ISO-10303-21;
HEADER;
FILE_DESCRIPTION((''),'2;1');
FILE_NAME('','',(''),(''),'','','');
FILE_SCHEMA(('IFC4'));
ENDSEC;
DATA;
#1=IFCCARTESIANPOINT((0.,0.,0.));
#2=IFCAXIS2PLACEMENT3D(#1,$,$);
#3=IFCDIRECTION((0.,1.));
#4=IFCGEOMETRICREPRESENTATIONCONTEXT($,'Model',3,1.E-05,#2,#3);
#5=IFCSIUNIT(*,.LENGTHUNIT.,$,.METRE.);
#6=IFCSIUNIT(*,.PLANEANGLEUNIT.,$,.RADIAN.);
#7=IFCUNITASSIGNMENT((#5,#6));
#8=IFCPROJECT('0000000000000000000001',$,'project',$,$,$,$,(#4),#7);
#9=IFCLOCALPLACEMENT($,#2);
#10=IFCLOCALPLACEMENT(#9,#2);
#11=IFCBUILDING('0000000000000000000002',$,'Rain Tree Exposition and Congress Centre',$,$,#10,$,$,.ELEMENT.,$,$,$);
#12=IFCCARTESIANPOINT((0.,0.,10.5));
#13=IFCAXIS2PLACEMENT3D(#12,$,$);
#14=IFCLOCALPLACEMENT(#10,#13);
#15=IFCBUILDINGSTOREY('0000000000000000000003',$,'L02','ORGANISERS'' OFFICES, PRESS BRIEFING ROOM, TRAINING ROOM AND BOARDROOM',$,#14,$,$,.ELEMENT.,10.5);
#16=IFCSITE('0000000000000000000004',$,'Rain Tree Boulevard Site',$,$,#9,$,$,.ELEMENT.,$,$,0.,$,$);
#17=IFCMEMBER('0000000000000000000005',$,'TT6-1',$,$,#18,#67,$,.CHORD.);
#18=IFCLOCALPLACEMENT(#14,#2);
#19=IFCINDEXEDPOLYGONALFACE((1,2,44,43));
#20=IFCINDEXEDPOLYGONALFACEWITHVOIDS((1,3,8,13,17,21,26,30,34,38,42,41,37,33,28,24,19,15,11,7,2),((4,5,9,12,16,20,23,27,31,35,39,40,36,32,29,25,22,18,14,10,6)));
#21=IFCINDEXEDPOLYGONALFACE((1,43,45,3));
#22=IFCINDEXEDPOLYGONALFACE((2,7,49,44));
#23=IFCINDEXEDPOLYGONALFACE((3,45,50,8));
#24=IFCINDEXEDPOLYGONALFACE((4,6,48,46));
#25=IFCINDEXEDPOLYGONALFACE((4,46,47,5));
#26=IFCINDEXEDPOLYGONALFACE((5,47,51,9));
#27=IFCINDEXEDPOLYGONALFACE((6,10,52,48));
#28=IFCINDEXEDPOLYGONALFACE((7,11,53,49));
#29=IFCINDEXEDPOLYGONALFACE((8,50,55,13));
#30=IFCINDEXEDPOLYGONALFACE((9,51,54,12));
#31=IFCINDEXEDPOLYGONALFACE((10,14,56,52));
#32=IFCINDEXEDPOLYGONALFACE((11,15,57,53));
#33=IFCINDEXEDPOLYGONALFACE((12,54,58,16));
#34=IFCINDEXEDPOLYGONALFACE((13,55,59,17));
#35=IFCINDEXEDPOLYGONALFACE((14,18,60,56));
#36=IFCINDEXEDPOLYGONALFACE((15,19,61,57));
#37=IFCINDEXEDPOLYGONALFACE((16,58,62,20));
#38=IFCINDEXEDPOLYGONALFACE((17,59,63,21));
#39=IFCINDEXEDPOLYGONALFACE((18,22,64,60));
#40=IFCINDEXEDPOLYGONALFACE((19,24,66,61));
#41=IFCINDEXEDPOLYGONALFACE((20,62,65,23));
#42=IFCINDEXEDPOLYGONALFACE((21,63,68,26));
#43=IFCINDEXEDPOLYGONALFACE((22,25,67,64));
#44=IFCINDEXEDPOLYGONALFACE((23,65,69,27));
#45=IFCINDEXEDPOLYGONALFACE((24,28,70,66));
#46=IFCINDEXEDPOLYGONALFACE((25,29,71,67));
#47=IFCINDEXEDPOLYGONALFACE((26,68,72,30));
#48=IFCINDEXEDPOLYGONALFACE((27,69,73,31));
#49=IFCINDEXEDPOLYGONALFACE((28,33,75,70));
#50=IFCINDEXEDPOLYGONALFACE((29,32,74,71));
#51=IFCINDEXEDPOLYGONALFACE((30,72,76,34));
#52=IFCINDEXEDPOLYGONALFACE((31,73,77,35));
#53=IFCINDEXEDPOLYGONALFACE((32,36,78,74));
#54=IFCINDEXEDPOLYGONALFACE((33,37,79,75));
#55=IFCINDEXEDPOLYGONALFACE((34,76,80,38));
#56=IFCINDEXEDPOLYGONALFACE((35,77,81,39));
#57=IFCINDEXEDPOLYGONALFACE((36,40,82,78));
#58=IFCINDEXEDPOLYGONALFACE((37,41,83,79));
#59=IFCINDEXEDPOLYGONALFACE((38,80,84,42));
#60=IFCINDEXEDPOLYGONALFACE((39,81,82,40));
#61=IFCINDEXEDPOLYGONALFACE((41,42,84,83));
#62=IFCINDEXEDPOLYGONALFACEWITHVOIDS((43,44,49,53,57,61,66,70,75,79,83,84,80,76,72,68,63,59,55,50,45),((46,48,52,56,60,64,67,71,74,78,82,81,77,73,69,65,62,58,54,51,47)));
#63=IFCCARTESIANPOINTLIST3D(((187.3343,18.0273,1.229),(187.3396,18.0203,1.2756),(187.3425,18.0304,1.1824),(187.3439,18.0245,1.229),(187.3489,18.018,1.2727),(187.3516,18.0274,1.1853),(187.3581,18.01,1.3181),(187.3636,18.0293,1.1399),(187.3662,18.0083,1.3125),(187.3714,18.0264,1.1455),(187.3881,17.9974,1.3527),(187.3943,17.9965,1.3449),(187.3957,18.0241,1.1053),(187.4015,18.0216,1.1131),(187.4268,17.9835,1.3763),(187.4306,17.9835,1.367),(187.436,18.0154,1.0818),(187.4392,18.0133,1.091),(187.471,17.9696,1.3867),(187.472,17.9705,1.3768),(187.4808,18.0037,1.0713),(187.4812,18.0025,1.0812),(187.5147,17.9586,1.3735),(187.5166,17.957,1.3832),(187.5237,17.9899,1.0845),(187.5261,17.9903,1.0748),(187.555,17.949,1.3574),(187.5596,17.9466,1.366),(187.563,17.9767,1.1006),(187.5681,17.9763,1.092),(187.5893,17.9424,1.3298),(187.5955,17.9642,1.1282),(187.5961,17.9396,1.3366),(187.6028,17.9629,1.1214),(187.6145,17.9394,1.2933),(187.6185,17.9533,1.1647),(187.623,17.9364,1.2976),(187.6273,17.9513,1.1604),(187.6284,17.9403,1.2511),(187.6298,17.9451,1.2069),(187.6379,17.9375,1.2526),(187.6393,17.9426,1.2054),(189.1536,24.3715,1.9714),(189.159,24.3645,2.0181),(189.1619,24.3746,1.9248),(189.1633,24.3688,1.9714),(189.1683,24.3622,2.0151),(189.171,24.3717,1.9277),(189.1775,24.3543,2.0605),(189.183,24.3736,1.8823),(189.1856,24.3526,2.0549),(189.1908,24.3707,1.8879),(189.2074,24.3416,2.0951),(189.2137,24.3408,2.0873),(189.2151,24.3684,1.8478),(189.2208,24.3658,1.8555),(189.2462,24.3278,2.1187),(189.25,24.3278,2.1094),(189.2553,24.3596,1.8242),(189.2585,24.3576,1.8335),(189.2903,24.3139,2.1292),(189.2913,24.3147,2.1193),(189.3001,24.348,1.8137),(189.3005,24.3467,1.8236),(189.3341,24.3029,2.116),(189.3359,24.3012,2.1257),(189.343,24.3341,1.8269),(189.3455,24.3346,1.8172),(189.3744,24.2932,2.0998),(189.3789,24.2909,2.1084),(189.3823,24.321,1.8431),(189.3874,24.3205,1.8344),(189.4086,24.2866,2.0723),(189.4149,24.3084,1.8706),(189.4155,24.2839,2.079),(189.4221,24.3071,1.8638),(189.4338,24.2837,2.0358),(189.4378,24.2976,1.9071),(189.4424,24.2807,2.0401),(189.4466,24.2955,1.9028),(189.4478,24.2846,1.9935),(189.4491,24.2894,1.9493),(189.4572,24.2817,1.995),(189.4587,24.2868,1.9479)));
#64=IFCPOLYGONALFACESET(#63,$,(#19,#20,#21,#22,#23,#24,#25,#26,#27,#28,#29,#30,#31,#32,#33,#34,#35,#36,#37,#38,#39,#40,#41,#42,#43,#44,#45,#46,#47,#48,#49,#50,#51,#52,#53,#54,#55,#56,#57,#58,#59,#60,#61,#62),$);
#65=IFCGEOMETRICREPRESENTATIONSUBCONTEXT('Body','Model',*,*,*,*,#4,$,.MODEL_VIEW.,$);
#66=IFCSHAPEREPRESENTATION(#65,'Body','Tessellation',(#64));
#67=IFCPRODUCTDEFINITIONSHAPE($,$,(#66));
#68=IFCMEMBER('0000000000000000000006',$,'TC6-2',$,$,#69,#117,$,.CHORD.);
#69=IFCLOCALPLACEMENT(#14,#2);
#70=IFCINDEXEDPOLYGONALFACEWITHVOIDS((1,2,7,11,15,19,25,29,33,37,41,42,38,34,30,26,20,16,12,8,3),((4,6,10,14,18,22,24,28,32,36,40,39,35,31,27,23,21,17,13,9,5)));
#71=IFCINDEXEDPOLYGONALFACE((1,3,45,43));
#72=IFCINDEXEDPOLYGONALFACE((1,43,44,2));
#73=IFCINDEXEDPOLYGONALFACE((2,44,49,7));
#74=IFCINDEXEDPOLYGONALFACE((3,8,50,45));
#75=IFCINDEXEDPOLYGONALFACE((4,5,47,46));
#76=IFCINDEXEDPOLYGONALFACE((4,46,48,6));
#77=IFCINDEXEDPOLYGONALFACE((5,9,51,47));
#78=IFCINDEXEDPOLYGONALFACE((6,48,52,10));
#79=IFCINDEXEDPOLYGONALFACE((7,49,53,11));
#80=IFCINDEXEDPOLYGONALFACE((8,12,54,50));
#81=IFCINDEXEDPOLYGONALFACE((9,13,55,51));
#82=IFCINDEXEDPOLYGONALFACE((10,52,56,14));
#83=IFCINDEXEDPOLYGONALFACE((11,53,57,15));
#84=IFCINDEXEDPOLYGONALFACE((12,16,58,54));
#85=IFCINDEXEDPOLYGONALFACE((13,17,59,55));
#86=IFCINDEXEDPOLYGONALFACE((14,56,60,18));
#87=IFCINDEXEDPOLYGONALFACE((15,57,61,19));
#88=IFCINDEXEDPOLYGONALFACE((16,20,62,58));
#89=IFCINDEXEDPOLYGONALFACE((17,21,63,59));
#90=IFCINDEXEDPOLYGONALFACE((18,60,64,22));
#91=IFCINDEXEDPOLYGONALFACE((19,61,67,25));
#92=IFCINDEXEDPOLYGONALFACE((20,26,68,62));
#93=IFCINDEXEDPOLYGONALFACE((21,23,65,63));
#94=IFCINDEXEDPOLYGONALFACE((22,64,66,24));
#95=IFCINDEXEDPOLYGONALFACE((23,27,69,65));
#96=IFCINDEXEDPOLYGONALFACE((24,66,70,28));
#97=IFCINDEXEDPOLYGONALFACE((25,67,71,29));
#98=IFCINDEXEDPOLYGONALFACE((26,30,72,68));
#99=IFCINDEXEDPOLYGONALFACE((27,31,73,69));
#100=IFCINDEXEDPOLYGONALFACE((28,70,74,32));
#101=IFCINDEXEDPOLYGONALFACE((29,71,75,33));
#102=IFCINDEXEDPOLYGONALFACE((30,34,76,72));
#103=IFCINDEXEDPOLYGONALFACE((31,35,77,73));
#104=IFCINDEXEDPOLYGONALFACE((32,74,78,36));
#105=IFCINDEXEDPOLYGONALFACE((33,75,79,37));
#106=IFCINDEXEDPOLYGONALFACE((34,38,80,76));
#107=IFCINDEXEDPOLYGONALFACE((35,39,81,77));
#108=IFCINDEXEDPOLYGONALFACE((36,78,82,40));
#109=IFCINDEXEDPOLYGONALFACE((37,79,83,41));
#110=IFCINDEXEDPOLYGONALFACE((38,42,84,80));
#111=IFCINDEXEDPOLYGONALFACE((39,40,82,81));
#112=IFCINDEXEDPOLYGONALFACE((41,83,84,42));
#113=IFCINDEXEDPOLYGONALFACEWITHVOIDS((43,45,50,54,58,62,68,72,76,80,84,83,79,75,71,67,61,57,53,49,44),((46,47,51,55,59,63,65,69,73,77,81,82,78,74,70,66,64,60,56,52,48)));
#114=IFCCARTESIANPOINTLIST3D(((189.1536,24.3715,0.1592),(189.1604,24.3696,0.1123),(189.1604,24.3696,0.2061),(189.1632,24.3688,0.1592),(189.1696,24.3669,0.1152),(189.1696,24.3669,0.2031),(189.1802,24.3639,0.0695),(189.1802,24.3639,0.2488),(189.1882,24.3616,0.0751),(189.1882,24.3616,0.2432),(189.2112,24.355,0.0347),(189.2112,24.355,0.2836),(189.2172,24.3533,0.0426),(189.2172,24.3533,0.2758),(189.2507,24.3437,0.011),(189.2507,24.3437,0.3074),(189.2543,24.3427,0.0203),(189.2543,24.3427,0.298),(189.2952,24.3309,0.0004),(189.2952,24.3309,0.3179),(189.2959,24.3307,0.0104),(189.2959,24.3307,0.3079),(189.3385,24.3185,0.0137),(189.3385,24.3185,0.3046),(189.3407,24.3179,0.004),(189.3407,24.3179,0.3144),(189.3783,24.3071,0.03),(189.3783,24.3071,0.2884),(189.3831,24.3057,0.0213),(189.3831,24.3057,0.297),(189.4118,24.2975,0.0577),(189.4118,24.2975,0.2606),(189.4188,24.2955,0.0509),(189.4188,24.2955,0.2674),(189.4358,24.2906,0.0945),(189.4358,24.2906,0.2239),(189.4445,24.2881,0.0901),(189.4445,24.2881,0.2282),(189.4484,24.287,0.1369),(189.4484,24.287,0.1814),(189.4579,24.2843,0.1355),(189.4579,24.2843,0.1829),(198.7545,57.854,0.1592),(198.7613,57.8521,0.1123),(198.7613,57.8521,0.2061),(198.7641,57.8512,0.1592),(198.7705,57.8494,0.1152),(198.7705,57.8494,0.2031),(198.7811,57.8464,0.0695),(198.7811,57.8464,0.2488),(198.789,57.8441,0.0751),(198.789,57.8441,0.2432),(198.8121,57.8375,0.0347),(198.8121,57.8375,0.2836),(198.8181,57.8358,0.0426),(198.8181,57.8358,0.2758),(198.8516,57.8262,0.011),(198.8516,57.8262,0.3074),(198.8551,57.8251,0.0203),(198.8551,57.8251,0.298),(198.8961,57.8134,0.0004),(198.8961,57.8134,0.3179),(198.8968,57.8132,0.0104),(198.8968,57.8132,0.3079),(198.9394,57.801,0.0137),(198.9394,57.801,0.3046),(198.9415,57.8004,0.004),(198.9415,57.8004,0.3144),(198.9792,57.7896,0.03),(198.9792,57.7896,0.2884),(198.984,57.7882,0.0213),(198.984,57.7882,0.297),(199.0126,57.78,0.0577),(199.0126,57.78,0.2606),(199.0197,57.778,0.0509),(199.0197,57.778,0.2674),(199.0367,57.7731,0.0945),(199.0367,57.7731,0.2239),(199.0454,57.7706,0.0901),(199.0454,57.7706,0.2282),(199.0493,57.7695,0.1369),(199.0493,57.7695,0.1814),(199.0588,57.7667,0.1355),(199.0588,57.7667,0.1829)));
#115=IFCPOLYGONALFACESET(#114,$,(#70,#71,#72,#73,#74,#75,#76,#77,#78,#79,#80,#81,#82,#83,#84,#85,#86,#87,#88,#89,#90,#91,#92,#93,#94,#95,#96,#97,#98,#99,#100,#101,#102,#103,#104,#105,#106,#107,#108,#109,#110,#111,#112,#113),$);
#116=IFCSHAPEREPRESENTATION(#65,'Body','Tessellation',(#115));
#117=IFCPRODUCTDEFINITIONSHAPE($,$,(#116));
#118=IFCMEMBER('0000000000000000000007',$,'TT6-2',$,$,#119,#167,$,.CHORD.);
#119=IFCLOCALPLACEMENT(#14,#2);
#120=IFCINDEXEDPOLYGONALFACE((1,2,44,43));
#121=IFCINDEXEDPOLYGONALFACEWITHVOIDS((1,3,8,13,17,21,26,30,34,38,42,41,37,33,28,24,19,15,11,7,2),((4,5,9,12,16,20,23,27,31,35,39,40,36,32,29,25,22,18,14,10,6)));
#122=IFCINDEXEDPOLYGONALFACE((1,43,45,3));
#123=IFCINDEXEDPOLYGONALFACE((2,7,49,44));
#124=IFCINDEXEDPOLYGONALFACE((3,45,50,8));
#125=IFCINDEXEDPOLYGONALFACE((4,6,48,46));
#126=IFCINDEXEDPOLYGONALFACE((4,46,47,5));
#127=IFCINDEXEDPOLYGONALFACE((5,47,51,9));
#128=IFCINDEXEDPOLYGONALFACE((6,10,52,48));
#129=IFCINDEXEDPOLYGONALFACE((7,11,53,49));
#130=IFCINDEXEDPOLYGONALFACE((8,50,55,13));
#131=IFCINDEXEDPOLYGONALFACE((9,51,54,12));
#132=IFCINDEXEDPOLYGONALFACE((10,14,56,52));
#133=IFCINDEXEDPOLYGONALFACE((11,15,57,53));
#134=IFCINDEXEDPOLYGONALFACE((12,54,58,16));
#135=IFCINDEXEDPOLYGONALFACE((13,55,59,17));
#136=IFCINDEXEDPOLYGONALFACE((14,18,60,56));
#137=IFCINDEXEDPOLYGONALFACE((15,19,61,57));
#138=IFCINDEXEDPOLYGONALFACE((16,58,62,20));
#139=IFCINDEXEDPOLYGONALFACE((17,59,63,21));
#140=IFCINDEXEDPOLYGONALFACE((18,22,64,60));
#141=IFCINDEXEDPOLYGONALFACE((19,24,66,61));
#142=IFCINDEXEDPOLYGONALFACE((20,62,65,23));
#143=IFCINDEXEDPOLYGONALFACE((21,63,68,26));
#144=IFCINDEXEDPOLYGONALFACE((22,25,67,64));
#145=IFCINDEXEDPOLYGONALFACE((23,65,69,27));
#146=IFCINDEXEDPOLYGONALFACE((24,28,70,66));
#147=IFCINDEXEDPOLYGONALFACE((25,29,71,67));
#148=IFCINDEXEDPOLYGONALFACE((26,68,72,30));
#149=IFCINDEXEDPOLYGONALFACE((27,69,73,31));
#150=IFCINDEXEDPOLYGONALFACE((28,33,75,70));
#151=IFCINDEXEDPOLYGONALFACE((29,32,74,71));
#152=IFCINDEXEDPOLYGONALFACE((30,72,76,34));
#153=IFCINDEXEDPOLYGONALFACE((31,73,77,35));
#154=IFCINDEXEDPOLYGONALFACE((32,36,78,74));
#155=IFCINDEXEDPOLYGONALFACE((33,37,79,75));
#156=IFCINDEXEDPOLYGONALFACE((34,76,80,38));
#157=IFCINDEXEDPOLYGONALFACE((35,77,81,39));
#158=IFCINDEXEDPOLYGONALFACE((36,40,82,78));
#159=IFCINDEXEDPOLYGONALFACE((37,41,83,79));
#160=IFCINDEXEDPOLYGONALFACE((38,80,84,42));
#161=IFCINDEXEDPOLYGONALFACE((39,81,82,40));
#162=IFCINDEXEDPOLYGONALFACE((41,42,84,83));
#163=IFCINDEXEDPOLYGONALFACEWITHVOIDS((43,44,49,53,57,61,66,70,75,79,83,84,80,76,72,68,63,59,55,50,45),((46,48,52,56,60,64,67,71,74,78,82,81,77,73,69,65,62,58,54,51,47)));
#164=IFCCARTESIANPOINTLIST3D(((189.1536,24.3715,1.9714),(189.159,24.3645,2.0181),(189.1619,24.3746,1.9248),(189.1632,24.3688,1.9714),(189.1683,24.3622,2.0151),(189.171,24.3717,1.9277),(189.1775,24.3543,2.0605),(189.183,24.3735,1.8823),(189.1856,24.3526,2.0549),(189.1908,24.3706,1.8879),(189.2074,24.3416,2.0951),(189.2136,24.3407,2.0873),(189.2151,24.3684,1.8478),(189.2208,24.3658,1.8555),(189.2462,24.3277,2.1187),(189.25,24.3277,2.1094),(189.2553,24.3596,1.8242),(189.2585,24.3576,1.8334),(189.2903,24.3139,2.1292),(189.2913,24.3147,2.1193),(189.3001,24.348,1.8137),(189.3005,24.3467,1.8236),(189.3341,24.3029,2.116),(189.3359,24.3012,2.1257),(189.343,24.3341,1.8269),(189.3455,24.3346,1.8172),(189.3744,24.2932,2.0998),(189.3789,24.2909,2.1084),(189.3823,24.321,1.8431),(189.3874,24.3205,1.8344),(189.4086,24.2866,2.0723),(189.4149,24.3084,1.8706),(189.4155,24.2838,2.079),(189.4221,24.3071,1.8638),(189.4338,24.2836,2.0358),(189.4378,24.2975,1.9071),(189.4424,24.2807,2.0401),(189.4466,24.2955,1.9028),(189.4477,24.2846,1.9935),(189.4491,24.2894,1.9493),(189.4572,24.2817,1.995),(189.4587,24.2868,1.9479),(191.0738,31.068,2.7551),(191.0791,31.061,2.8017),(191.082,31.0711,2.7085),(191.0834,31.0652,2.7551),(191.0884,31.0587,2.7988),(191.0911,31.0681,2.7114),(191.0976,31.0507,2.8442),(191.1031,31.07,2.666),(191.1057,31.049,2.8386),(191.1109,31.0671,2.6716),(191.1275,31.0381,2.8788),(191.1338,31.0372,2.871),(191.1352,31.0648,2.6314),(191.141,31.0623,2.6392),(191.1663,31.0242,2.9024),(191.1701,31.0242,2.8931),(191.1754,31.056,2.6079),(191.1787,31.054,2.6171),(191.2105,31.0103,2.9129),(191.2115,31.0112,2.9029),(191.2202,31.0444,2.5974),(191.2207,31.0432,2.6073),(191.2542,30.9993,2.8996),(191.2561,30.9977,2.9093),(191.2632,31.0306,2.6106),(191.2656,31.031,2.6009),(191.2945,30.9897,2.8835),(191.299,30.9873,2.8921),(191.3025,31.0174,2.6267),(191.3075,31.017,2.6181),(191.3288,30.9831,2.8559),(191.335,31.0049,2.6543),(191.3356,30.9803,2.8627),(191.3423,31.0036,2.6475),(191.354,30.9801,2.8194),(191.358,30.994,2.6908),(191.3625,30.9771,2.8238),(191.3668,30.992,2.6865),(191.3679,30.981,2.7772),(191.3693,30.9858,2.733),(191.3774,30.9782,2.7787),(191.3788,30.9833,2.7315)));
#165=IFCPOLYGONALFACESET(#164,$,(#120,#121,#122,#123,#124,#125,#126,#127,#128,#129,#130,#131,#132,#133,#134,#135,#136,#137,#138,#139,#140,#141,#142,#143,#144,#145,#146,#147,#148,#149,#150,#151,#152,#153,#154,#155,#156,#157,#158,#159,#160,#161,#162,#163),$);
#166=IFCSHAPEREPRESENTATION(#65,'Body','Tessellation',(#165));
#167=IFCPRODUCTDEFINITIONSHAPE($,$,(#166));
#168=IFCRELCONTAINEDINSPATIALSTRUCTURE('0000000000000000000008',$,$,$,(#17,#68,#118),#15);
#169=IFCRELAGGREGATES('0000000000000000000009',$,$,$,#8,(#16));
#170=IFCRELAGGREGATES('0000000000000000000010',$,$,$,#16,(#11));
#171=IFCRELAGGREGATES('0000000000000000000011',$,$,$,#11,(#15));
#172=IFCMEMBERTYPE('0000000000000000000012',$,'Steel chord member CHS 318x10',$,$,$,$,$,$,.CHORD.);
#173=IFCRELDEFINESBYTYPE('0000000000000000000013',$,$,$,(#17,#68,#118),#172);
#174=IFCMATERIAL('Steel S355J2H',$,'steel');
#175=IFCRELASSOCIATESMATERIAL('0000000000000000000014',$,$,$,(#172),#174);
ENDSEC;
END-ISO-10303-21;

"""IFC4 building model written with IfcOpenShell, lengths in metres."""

from ifc_helpers import new_model, si_unit, direction, frame, origin, origin_2d, place, context, subcontext, project, spatial, hollow_circle, extrude, material, material_profile, profile_set, type_object, element, save


model = new_model("IFC4")

# Units and contexts
model_context = context("Model", 3, precision=1e-05, world=origin(), true_north=direction((0.0, 1.0)))
body_context = subcontext(model_context, "Body", "Model", "MODEL_VIEW")
ifc_project = project(units=[si_unit("LENGTHUNIT", "METRE"), si_unit("PLANEANGLEUNIT", "RADIAN")], contexts=[model_context])

# Site, building, storey
site_placement = place(None, origin())
site = spatial("IfcSite", under=ifc_project, at=site_placement, Name="Rain Tree Boulevard Site", CompositionType="ELEMENT", RefElevation=0.0)
building_placement = place(site_placement, origin())
building = spatial("IfcBuilding", under=site, at=building_placement, Name="Rain Tree Exposition and Congress Centre", CompositionType="ELEMENT")
storey_placement = place(building_placement, frame((0.0, 0.0, 10.5)))
storey = spatial("IfcBuildingStorey", under=building, at=storey_placement, Name="L02", Description="ORGANISERS' OFFICES, PRESS BRIEFING ROOM, TRAINING ROOM AND BOARDROOM", CompositionType="ELEMENT", Elevation=10.5)

# Members
ifc_material_1 = material(Name="Steel S355J2H", Category="steel")
ifc_material_profile_1 = material_profile(ifc_material_1, hollow_circle(Radius=0.1592, WallThickness=0.01, at=origin_2d()), Name="CHS 318x10")
ifc_profile_set_1 = profile_set([ifc_material_profile_1], Name="Steel S355J2H")
member_type_1 = type_object("IfcMemberType", Name="Steel chord member CHS 318x10", PredefinedType="CHORD", material=ifc_profile_set_1)
member_1_placement = place(storey_placement, frame((187.4873, 17.9834, 1.229), z_axis=(0.273931, 0.955231, 0.111785), x_axis=(-0.961255, 0.275659, 0.0)))
element("IfcMember", 1, at=member_1_placement, inside=storey, type_object=member_type_1, Name="TT6-1", PredefinedType="CHORD", context=body_context, shape_type="SweptSolid", body=[
    extrude(hollow_circle(Radius=0.1592, WallThickness=0.01, at=origin_2d()), origin(), (0.0, 0.0, 1.0), 6.6416),
])
member_2_placement = place(storey_placement, frame((189.3066, 24.3276, 0.1592), z_axis=(0.275635, 0.961262, 0.0), x_axis=(-0.961262, 0.275635, 0.0)))
element("IfcMember", 2, at=member_2_placement, inside=storey, type_object=member_type_1, Name="TC6-2", PredefinedType="CHORD", context=body_context, shape_type="SweptSolid", body=[
    extrude(hollow_circle(Radius=0.1592, WallThickness=0.01, at=origin_2d()), origin(), (0.0, 0.0, 1.0), 34.8318),
])
member_3_placement = place(storey_placement, frame((189.3066, 24.3276, 1.9714), z_axis=(0.273905, 0.955238, 0.111791), x_axis=(-0.961263, 0.275633, 0.0)))
element("IfcMember", 3, at=member_3_placement, inside=storey, type_object=member_type_1, Name="TT6-2", PredefinedType="CHORD", context=body_context, shape_type="SweptSolid", body=[
    extrude(hollow_circle(Radius=0.1592, WallThickness=0.01, at=origin_2d()), origin(), (0.0, 0.0, 1.0), 7.0103),
])

save(model, "model.ifc")
